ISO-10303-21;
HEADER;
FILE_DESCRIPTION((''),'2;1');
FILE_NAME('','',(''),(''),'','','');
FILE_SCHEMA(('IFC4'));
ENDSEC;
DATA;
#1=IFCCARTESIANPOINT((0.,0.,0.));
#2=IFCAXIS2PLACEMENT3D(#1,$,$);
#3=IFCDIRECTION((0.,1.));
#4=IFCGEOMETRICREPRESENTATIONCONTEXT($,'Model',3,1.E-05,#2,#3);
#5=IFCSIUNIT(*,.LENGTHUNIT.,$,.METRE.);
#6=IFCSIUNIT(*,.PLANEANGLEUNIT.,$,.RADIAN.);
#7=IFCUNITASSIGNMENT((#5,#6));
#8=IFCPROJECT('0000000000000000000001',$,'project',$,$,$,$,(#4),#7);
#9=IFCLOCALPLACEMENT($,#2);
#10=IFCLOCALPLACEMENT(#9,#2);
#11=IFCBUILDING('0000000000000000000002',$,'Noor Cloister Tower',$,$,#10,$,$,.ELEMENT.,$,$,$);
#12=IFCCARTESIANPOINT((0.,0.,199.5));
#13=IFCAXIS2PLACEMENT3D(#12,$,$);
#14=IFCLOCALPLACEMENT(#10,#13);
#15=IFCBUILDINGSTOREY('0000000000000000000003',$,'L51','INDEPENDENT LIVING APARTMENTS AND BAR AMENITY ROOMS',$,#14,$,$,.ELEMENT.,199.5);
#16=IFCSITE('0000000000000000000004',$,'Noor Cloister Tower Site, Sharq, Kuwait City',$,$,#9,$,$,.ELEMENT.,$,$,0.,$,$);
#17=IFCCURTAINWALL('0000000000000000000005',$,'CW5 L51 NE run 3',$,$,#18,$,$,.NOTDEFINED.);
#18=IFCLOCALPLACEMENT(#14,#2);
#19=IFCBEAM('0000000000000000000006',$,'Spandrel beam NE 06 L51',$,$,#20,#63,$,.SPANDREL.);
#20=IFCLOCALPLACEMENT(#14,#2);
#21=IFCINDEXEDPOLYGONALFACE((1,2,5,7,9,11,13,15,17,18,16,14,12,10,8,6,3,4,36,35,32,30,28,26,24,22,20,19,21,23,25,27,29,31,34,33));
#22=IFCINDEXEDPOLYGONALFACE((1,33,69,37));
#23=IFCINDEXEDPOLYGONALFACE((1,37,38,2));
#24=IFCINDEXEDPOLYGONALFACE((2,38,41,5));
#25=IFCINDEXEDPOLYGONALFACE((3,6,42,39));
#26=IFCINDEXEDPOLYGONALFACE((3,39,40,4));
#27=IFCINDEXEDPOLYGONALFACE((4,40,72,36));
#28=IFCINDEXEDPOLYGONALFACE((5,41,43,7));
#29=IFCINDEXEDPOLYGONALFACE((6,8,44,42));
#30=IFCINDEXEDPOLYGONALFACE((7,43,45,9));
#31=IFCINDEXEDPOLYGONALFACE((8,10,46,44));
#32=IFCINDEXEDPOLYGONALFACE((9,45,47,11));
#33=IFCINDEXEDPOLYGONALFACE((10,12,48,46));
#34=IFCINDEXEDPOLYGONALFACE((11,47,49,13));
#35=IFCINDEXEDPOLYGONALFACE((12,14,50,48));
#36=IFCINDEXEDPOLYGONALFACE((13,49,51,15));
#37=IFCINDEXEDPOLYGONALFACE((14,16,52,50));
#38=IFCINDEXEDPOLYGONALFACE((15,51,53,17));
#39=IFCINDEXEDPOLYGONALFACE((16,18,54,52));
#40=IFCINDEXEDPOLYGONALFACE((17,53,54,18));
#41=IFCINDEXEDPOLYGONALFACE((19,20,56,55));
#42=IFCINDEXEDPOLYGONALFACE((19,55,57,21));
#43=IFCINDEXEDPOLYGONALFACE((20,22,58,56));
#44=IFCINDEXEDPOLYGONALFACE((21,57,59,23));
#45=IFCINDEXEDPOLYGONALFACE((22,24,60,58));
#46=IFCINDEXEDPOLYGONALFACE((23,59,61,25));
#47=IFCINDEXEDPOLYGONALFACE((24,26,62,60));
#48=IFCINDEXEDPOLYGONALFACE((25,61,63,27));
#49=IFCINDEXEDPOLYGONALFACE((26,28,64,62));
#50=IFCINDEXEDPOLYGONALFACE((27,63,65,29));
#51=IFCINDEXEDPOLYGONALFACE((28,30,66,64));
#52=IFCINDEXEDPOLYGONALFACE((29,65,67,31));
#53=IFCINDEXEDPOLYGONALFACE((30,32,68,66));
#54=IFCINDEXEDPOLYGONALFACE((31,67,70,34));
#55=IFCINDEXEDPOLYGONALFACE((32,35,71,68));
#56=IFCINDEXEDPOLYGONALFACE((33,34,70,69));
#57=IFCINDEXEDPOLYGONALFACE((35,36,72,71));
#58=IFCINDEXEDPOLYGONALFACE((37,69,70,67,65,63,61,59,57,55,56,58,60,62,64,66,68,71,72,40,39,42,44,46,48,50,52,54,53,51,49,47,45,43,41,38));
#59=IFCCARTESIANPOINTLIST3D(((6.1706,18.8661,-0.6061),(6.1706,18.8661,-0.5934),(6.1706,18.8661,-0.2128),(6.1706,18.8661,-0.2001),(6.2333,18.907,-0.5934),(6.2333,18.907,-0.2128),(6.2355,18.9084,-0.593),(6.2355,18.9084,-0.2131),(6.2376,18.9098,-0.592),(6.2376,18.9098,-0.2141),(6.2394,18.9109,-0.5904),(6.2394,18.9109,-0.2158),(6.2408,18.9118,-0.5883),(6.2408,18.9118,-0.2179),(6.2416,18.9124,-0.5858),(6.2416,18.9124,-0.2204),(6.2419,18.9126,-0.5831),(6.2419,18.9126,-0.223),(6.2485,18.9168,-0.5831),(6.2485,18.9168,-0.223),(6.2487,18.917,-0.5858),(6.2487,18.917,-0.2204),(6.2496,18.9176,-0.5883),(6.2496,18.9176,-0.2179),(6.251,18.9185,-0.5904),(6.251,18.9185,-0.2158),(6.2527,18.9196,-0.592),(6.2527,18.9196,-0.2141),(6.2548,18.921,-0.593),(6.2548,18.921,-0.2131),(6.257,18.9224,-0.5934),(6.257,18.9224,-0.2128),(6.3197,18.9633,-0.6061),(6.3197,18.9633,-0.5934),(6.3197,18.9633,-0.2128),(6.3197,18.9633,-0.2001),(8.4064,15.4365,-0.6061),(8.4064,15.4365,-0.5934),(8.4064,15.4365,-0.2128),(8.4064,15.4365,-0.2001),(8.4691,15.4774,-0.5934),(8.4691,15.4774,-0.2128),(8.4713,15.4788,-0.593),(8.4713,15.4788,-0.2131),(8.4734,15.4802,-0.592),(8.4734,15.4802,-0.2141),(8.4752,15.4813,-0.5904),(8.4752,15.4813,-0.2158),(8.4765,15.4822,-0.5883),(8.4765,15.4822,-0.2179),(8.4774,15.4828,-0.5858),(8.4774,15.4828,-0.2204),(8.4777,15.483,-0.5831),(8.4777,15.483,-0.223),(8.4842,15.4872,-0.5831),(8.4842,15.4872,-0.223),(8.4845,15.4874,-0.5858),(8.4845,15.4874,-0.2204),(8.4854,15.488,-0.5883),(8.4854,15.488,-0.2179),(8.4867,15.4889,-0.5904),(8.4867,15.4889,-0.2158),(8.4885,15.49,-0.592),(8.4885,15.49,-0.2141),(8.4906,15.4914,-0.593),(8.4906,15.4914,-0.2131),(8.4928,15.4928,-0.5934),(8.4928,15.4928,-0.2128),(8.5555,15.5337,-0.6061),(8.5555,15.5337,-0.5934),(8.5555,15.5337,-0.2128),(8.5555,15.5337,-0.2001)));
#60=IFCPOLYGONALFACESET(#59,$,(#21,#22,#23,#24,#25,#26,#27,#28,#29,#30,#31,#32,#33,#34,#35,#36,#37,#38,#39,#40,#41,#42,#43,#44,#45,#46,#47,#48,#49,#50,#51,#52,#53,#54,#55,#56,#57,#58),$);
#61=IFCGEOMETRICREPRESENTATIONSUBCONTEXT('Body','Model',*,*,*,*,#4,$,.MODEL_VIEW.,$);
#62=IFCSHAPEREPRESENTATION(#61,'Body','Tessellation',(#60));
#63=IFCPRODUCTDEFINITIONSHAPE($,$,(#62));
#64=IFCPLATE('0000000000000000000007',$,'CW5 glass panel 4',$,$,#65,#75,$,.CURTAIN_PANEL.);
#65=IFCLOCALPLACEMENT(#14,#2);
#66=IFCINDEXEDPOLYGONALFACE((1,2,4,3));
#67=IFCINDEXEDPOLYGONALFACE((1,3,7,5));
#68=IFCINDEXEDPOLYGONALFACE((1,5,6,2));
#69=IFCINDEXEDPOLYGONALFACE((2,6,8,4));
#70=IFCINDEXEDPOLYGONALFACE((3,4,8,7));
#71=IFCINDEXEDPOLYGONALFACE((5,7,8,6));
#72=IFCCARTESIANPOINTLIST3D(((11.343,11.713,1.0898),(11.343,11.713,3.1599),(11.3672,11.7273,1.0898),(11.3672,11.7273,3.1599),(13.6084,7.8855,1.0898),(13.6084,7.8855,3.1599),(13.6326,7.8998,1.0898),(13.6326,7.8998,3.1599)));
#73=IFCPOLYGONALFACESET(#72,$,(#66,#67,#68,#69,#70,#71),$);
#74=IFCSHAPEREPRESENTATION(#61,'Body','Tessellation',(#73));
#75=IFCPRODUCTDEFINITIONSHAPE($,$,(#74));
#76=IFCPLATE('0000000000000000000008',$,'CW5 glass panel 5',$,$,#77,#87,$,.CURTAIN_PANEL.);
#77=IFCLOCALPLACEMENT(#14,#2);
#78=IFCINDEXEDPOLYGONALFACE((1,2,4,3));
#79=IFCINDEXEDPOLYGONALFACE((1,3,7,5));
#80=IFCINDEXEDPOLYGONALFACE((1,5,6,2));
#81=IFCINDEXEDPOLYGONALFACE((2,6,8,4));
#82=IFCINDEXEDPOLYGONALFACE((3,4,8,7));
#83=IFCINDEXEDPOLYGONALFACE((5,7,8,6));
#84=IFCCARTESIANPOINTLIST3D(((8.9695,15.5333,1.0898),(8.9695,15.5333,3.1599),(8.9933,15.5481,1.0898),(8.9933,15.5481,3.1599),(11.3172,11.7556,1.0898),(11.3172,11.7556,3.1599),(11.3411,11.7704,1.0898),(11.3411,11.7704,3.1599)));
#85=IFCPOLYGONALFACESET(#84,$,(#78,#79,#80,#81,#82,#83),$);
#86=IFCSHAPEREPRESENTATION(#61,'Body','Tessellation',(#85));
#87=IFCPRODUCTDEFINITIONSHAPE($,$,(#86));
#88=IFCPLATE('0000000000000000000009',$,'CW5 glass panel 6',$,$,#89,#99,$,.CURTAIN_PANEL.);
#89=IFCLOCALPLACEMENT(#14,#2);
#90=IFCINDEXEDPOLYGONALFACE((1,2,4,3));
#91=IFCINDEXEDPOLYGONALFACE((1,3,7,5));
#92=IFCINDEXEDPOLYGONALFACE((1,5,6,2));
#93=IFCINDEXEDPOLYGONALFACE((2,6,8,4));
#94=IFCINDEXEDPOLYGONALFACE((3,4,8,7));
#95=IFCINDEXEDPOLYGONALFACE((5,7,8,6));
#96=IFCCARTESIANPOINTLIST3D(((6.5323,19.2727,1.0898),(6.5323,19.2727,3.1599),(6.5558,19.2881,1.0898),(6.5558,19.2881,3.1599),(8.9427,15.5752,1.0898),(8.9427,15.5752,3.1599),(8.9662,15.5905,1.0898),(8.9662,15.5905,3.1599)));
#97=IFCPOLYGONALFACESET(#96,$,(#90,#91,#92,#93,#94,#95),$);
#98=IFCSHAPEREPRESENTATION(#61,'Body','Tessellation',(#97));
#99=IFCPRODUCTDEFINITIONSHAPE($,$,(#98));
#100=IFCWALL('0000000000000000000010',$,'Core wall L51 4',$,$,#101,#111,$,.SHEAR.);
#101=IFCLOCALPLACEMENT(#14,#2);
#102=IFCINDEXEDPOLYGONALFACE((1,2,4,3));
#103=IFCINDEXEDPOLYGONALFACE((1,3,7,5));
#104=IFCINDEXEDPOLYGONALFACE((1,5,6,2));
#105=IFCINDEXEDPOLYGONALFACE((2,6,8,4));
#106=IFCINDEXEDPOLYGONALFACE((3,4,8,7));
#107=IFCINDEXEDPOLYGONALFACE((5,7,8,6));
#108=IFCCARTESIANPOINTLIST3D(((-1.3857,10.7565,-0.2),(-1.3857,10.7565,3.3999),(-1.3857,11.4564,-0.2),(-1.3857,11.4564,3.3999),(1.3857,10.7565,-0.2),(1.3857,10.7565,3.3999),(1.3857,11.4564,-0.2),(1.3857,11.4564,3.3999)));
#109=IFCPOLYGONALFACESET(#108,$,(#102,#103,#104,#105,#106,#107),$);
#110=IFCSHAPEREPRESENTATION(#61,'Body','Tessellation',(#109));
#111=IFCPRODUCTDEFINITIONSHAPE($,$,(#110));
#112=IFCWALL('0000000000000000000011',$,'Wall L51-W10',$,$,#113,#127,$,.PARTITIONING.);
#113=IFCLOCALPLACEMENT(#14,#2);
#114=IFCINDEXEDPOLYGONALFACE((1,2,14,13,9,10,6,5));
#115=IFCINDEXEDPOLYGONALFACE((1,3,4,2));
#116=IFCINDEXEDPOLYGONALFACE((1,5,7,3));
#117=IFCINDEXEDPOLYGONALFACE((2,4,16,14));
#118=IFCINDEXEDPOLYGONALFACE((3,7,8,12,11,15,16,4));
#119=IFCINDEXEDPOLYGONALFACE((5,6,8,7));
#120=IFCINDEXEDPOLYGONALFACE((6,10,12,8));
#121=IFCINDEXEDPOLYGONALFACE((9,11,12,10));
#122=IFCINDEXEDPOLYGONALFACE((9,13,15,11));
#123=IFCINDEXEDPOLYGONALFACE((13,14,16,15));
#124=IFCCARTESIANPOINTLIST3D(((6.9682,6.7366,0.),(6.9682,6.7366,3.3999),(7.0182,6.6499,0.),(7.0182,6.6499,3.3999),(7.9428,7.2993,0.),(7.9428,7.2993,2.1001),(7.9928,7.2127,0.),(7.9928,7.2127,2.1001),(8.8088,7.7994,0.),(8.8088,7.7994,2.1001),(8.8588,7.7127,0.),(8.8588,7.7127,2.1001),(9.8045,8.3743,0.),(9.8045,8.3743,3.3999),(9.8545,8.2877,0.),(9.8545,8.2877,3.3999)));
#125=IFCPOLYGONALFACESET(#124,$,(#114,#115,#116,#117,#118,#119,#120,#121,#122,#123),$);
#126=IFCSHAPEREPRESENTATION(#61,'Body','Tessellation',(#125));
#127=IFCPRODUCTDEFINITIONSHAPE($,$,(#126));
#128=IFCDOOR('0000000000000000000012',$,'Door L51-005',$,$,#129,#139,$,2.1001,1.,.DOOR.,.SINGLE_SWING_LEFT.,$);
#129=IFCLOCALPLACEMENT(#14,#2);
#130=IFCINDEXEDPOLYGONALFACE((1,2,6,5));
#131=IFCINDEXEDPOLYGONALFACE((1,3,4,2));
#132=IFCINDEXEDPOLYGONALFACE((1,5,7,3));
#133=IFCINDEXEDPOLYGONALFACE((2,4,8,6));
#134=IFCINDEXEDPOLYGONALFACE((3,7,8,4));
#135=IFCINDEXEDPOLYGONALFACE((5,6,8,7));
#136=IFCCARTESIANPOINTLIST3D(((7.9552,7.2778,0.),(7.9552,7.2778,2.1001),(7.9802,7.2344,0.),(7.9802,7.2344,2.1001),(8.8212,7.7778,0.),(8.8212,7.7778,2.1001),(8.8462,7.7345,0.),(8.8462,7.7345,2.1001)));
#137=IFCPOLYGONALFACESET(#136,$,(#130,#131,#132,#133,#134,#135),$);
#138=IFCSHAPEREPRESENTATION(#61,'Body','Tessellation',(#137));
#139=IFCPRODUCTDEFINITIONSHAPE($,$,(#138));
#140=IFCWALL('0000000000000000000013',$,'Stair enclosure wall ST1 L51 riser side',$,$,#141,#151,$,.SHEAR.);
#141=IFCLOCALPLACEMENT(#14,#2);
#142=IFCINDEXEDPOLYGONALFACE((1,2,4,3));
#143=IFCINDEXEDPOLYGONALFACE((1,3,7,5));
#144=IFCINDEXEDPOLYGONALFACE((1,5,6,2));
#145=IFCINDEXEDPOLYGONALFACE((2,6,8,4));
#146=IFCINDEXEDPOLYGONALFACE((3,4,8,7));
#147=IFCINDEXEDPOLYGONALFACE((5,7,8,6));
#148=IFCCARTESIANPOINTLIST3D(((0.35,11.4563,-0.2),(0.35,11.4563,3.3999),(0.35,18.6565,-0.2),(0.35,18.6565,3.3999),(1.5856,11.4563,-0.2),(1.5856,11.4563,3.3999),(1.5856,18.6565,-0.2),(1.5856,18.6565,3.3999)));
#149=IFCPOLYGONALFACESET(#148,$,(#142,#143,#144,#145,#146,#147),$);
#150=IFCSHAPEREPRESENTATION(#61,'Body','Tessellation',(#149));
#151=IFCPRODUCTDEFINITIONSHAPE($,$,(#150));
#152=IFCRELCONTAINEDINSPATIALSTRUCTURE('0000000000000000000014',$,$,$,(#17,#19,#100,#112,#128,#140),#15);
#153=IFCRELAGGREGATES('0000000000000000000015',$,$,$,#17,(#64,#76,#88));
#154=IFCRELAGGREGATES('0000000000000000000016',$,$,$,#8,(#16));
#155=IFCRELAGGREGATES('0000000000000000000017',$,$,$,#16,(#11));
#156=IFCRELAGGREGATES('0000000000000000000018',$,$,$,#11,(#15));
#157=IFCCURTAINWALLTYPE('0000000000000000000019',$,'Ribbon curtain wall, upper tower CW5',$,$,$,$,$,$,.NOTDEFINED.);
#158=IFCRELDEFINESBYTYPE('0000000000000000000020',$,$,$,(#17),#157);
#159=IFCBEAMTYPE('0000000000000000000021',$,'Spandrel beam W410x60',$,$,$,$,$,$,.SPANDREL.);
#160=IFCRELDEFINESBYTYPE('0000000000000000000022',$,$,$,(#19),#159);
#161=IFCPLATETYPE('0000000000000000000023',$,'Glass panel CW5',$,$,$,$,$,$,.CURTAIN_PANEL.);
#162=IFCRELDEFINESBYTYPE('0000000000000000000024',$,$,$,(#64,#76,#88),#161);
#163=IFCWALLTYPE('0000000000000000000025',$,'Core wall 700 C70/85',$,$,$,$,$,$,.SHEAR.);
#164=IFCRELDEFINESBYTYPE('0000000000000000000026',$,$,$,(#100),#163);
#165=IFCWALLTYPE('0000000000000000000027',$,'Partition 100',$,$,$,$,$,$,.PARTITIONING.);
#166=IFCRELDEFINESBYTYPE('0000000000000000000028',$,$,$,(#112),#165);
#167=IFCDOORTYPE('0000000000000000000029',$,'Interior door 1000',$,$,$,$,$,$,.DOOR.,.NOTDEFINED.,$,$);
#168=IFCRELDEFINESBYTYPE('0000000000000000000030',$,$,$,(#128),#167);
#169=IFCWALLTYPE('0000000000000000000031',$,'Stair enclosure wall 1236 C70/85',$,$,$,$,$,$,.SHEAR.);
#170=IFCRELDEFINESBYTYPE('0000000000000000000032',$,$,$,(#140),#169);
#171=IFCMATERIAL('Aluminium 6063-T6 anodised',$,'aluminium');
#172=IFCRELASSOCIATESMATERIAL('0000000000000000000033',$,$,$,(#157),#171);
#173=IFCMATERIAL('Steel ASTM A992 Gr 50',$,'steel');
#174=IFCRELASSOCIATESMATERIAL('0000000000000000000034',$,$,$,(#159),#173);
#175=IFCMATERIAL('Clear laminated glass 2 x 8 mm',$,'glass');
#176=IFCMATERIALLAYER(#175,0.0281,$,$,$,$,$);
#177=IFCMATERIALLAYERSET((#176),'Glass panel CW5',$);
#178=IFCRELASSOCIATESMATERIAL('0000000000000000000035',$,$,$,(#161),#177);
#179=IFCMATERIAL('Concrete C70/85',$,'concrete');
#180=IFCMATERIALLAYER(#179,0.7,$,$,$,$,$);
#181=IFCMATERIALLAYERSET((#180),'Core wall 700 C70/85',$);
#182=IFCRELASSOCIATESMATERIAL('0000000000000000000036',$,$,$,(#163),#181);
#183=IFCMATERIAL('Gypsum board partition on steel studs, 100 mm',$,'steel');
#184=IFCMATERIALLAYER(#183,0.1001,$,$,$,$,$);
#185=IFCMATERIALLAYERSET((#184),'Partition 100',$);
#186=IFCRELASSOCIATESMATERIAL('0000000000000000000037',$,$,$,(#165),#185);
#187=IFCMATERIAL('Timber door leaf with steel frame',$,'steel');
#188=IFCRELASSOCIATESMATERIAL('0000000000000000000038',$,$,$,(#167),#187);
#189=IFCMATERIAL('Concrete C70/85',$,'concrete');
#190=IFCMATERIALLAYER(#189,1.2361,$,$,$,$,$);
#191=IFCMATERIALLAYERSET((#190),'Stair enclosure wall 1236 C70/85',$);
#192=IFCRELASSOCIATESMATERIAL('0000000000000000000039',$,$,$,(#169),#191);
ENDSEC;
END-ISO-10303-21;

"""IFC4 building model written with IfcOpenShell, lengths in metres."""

from ifc_helpers import new_model, si_unit, direction, frame, frame_2d, origin, origin_2d, place, context, subcontext, project, spatial, rectangle, i_section, extrude, material, layer, layer_set, material_profile, profile_set, type_object, element, fill, aggregate, save


model = new_model("IFC4")

# Units and contexts
model_context = context("Model", 3, precision=1e-05, world=origin(), true_north=direction((0.0, 1.0)))
body_context = subcontext(model_context, "Body", "Model", "MODEL_VIEW")
ifc_project = project(units=[si_unit("LENGTHUNIT", "METRE"), si_unit("PLANEANGLEUNIT", "RADIAN")], contexts=[model_context])

# Site, building, storey
site_placement = place(None, origin())
site = spatial("IfcSite", under=ifc_project, at=site_placement, Name="Noor Cloister Tower Site, Sharq, Kuwait City", CompositionType="ELEMENT", RefElevation=0.0)
building_placement = place(site_placement, origin())
building = spatial("IfcBuilding", under=site, at=building_placement, Name="Noor Cloister Tower", CompositionType="ELEMENT")
storey_placement = place(building_placement, frame((0.0, 0.0, 199.5)))
storey = spatial("IfcBuildingStorey", under=building, at=storey_placement, Name="L51", Description="INDEPENDENT LIVING APARTMENTS AND BAR AMENITY ROOMS", CompositionType="ELEMENT", Elevation=199.5)

# Curtain wall
ifc_material_1 = material(Name="Aluminium 6063-T6 anodised", Category="aluminium")
curtain_wall_type = type_object("IfcCurtainWallType", Name="Ribbon curtain wall, upper tower CW5", PredefinedType="NOTDEFINED", material=ifc_material_1)
curtain_wall_placement = place(storey_placement, origin())
curtain_wall = element("IfcCurtainWall", 1, at=curtain_wall_placement, inside=storey, type_object=curtain_wall_type, Name="CW5 L51 NE run 3", PredefinedType="NOTDEFINED")

# Beam
ifc_material_2 = material(Name="Steel ASTM A992 Gr 50", Category="steel")
ifc_material_profile_1 = material_profile(ifc_material_2, i_section(OverallWidth=0.178, OverallDepth=0.406, WebThickness=0.0078, FlangeThickness=0.0127, FilletRadius=0.0103, at=origin_2d()), Name="W410x60")
ifc_profile_set_1 = profile_set([ifc_material_profile_1], Name="Steel ASTM A992 Gr 50")
beam_type_1 = type_object("IfcBeamType", Name="Spandrel beam W410x60", PredefinedType="SPANDREL", material=ifc_profile_set_1)
for number, where, z_axis, x_axis, name in (
    (2, (8.481, 15.4851, -0.4031), (-0.546111, 0.837713, 0.0), (-0.837713, -0.546111, 0.0), "Spandrel beam NE 06 L51"),
):
    element("IfcBeam", number, at=place(storey_placement, frame(where, z_axis=z_axis, x_axis=x_axis)), inside=storey, type_object=beam_type_1, Name=name, PredefinedType="SPANDREL", context=body_context, shape_type="SweptSolid", body=[
        extrude(i_section(OverallWidth=0.178, OverallDepth=0.406, WebThickness=0.0078, FlangeThickness=0.0127, FilletRadius=0.0103, at=origin_2d()), origin(), (0.0, 0.0, 1.0), 4.094),
    ])

# Plates
ifc_material_3 = material(Name="Clear laminated glass 2 x 8 mm", Category="glass")
ifc_layer_1 = layer(ifc_material_3, 0.0281)
ifc_layer_set_1 = layer_set([ifc_layer_1], Name="Glass panel CW5")
plate_type = type_object("IfcPlateType", Name="Glass panel CW5", PredefinedType="CURTAIN_PANEL", material=ifc_layer_set_1)
plate_1_placement = place(storey_placement, frame((12.4878, 9.8064, 1.0898), z_axis=(0.0, 0.0, 1.0), x_axis=(-0.509341, 0.860565, 0.0)))
plate_1 = element("IfcPlate", 3, at=plate_1_placement, type_object=plate_type, Name="CW5 glass panel 4", PredefinedType="CURTAIN_PANEL", context=body_context, shape_type="SweptSolid", body=[
    extrude(rectangle(XDim=4.4478, YDim=0.0281, at=origin_2d()), origin(), (0.0, 0.0, 1.0), 2.0701),
])
plate_2_placement = place(storey_placement, frame((10.1553, 13.6519, 1.0898), z_axis=(0.0, 0.0, 1.0), x_axis=(-0.527843, 0.849342, 0.0)))
plate_2 = element("IfcPlate", 4, at=plate_2_placement, type_object=plate_type, Name="CW5 glass panel 5", PredefinedType="CURTAIN_PANEL", context=body_context, shape_type="SweptSolid", body=[
    extrude(rectangle(XDim=4.4478, YDim=0.0281, at=origin_2d()), origin(), (0.0, 0.0, 1.0), 2.0701),
])
plate_3_placement = place(storey_placement, frame((7.7493, 17.4316, 1.0898), z_axis=(0.0, 0.0, 1.0), x_axis=(-0.546098, 0.837721, 0.0)))
plate_3 = element("IfcPlate", 5, at=plate_3_placement, type_object=plate_type, Name="CW5 glass panel 6", PredefinedType="CURTAIN_PANEL", context=body_context, shape_type="SweptSolid", body=[
    extrude(rectangle(XDim=4.4138, YDim=0.0281, at=origin_2d()), origin(), (0.0, 0.0, 1.0), 2.0701),
])
aggregate(curtain_wall, [plate_1, plate_2, plate_3])

# Wall
ifc_material_4 = material(Name="Concrete C70/85", Category="concrete")
ifc_layer_2 = layer(ifc_material_4, 0.7)
ifc_layer_set_2 = layer_set([ifc_layer_2], Name="Core wall 700 C70/85")
wall_type_1 = type_object("IfcWallType", Name="Core wall 700 C70/85", PredefinedType="SHEAR", material=ifc_layer_set_2)
wall_1_placement = place(storey_placement, frame((1.3857, 11.1064, -0.2), z_axis=(0.0, 0.0, 1.0), x_axis=(-1.0, 0.0, 0.0)))
element("IfcWall", 6, at=wall_1_placement, inside=storey, type_object=wall_type_1, Name="Core wall L51 4", PredefinedType="SHEAR", context=body_context, shape_type="SweptSolid", body=[
    extrude(rectangle(XDim=2.7715, YDim=0.7, at=frame_2d((1.3857, 0.0))), origin(), (0.0, 0.0, 1.0), 3.5999),
])

# Wall, opening, door
ifc_material_5 = material(Name="Gypsum board partition on steel studs, 100 mm", Category="steel")
ifc_layer_3 = layer(ifc_material_5, 0.1001)
ifc_layer_set_3 = layer_set([ifc_layer_3], Name="Partition 100")
wall_type_2 = type_object("IfcWallType", Name="Partition 100", PredefinedType="PARTITIONING", material=ifc_layer_set_3)
wall_2_placement = place(storey_placement, frame((9.8296, 8.3311, 0.0), z_axis=(0.0, 0.0, 1.0), x_axis=(-0.865996, -0.500052, 0.0)))
wall_2 = element("IfcWall", 7, at=wall_2_placement, inside=storey, type_object=wall_type_2, Name="Wall L51-W10", PredefinedType="PARTITIONING", context=body_context, shape_type="SweptSolid", body=[
    extrude(rectangle(XDim=3.2751, YDim=0.1001, at=frame_2d((1.6377, 0.0))), origin(), (0.0, 0.0, 1.0), 3.3999),
])
opening_1_placement = place(wall_2_placement, frame((1.1499, 0.0, 0.0)))
opening_1 = element("IfcOpeningElement", 8, at=opening_1_placement, cuts=wall_2, PredefinedType="OPENING", context=body_context, shape_type="SweptSolid", body=[
    extrude(rectangle(XDim=1.0, YDim=2.1001, at=frame_2d((0.5, 1.05))), frame((0.0, 0.0601, 0.0), z_axis=(0.0, -1.0, 0.0), x_axis=(1.0, 0.0, 0.0)), (0.0, 0.0, 1.0), 0.1201),
])
ifc_material_6 = material(Name="Timber door leaf with steel frame", Category="steel")
door_type_1 = type_object("IfcDoorType", Name="Interior door 1000", OperationType="NOTDEFINED", PredefinedType="DOOR", material=ifc_material_6)
door_1_placement = place(opening_1_placement, origin())
door_1 = element("IfcDoor", 9, at=door_1_placement, inside=storey, type_object=door_type_1, Name="Door L51-005", OperationType="SINGLE_SWING_LEFT", OverallHeight=2.1001, OverallWidth=1.0, PredefinedType="DOOR", context=body_context, shape_type="SweptSolid", body=[
    extrude(rectangle(XDim=1.0, YDim=2.1001, at=frame_2d((0.5, 1.05))), frame((0.0, 0.0249, 0.0), z_axis=(0.0, -1.0, 0.0), x_axis=(1.0, 0.0, 0.0)), (0.0, 0.0, 1.0), 0.05),
])
fill(opening_1, door_1)

# Wall
ifc_material_7 = material(Name="Concrete C70/85", Category="concrete")
ifc_layer_4 = layer(ifc_material_7, 1.2361)
ifc_layer_set_4 = layer_set([ifc_layer_4], Name="Stair enclosure wall 1236 C70/85")
wall_type_3 = type_object("IfcWallType", Name="Stair enclosure wall 1236 C70/85", PredefinedType="SHEAR", material=ifc_layer_set_4)
wall_3_placement = place(storey_placement, frame((0.9678, 11.4563, -0.2), z_axis=(0.0, 0.0, 1.0), x_axis=(0.0, 1.0, 0.0)))
element("IfcWall", 10, at=wall_3_placement, inside=storey, type_object=wall_type_3, Name="Stair enclosure wall ST1 L51 riser side", PredefinedType="SHEAR", context=body_context, shape_type="SweptSolid", body=[
    extrude(rectangle(XDim=7.2002, YDim=1.2356, at=frame_2d((3.6001, 0.0))), origin(), (0.0, 0.0, 1.0), 3.5999),
])

save(model, "model.ifc")
